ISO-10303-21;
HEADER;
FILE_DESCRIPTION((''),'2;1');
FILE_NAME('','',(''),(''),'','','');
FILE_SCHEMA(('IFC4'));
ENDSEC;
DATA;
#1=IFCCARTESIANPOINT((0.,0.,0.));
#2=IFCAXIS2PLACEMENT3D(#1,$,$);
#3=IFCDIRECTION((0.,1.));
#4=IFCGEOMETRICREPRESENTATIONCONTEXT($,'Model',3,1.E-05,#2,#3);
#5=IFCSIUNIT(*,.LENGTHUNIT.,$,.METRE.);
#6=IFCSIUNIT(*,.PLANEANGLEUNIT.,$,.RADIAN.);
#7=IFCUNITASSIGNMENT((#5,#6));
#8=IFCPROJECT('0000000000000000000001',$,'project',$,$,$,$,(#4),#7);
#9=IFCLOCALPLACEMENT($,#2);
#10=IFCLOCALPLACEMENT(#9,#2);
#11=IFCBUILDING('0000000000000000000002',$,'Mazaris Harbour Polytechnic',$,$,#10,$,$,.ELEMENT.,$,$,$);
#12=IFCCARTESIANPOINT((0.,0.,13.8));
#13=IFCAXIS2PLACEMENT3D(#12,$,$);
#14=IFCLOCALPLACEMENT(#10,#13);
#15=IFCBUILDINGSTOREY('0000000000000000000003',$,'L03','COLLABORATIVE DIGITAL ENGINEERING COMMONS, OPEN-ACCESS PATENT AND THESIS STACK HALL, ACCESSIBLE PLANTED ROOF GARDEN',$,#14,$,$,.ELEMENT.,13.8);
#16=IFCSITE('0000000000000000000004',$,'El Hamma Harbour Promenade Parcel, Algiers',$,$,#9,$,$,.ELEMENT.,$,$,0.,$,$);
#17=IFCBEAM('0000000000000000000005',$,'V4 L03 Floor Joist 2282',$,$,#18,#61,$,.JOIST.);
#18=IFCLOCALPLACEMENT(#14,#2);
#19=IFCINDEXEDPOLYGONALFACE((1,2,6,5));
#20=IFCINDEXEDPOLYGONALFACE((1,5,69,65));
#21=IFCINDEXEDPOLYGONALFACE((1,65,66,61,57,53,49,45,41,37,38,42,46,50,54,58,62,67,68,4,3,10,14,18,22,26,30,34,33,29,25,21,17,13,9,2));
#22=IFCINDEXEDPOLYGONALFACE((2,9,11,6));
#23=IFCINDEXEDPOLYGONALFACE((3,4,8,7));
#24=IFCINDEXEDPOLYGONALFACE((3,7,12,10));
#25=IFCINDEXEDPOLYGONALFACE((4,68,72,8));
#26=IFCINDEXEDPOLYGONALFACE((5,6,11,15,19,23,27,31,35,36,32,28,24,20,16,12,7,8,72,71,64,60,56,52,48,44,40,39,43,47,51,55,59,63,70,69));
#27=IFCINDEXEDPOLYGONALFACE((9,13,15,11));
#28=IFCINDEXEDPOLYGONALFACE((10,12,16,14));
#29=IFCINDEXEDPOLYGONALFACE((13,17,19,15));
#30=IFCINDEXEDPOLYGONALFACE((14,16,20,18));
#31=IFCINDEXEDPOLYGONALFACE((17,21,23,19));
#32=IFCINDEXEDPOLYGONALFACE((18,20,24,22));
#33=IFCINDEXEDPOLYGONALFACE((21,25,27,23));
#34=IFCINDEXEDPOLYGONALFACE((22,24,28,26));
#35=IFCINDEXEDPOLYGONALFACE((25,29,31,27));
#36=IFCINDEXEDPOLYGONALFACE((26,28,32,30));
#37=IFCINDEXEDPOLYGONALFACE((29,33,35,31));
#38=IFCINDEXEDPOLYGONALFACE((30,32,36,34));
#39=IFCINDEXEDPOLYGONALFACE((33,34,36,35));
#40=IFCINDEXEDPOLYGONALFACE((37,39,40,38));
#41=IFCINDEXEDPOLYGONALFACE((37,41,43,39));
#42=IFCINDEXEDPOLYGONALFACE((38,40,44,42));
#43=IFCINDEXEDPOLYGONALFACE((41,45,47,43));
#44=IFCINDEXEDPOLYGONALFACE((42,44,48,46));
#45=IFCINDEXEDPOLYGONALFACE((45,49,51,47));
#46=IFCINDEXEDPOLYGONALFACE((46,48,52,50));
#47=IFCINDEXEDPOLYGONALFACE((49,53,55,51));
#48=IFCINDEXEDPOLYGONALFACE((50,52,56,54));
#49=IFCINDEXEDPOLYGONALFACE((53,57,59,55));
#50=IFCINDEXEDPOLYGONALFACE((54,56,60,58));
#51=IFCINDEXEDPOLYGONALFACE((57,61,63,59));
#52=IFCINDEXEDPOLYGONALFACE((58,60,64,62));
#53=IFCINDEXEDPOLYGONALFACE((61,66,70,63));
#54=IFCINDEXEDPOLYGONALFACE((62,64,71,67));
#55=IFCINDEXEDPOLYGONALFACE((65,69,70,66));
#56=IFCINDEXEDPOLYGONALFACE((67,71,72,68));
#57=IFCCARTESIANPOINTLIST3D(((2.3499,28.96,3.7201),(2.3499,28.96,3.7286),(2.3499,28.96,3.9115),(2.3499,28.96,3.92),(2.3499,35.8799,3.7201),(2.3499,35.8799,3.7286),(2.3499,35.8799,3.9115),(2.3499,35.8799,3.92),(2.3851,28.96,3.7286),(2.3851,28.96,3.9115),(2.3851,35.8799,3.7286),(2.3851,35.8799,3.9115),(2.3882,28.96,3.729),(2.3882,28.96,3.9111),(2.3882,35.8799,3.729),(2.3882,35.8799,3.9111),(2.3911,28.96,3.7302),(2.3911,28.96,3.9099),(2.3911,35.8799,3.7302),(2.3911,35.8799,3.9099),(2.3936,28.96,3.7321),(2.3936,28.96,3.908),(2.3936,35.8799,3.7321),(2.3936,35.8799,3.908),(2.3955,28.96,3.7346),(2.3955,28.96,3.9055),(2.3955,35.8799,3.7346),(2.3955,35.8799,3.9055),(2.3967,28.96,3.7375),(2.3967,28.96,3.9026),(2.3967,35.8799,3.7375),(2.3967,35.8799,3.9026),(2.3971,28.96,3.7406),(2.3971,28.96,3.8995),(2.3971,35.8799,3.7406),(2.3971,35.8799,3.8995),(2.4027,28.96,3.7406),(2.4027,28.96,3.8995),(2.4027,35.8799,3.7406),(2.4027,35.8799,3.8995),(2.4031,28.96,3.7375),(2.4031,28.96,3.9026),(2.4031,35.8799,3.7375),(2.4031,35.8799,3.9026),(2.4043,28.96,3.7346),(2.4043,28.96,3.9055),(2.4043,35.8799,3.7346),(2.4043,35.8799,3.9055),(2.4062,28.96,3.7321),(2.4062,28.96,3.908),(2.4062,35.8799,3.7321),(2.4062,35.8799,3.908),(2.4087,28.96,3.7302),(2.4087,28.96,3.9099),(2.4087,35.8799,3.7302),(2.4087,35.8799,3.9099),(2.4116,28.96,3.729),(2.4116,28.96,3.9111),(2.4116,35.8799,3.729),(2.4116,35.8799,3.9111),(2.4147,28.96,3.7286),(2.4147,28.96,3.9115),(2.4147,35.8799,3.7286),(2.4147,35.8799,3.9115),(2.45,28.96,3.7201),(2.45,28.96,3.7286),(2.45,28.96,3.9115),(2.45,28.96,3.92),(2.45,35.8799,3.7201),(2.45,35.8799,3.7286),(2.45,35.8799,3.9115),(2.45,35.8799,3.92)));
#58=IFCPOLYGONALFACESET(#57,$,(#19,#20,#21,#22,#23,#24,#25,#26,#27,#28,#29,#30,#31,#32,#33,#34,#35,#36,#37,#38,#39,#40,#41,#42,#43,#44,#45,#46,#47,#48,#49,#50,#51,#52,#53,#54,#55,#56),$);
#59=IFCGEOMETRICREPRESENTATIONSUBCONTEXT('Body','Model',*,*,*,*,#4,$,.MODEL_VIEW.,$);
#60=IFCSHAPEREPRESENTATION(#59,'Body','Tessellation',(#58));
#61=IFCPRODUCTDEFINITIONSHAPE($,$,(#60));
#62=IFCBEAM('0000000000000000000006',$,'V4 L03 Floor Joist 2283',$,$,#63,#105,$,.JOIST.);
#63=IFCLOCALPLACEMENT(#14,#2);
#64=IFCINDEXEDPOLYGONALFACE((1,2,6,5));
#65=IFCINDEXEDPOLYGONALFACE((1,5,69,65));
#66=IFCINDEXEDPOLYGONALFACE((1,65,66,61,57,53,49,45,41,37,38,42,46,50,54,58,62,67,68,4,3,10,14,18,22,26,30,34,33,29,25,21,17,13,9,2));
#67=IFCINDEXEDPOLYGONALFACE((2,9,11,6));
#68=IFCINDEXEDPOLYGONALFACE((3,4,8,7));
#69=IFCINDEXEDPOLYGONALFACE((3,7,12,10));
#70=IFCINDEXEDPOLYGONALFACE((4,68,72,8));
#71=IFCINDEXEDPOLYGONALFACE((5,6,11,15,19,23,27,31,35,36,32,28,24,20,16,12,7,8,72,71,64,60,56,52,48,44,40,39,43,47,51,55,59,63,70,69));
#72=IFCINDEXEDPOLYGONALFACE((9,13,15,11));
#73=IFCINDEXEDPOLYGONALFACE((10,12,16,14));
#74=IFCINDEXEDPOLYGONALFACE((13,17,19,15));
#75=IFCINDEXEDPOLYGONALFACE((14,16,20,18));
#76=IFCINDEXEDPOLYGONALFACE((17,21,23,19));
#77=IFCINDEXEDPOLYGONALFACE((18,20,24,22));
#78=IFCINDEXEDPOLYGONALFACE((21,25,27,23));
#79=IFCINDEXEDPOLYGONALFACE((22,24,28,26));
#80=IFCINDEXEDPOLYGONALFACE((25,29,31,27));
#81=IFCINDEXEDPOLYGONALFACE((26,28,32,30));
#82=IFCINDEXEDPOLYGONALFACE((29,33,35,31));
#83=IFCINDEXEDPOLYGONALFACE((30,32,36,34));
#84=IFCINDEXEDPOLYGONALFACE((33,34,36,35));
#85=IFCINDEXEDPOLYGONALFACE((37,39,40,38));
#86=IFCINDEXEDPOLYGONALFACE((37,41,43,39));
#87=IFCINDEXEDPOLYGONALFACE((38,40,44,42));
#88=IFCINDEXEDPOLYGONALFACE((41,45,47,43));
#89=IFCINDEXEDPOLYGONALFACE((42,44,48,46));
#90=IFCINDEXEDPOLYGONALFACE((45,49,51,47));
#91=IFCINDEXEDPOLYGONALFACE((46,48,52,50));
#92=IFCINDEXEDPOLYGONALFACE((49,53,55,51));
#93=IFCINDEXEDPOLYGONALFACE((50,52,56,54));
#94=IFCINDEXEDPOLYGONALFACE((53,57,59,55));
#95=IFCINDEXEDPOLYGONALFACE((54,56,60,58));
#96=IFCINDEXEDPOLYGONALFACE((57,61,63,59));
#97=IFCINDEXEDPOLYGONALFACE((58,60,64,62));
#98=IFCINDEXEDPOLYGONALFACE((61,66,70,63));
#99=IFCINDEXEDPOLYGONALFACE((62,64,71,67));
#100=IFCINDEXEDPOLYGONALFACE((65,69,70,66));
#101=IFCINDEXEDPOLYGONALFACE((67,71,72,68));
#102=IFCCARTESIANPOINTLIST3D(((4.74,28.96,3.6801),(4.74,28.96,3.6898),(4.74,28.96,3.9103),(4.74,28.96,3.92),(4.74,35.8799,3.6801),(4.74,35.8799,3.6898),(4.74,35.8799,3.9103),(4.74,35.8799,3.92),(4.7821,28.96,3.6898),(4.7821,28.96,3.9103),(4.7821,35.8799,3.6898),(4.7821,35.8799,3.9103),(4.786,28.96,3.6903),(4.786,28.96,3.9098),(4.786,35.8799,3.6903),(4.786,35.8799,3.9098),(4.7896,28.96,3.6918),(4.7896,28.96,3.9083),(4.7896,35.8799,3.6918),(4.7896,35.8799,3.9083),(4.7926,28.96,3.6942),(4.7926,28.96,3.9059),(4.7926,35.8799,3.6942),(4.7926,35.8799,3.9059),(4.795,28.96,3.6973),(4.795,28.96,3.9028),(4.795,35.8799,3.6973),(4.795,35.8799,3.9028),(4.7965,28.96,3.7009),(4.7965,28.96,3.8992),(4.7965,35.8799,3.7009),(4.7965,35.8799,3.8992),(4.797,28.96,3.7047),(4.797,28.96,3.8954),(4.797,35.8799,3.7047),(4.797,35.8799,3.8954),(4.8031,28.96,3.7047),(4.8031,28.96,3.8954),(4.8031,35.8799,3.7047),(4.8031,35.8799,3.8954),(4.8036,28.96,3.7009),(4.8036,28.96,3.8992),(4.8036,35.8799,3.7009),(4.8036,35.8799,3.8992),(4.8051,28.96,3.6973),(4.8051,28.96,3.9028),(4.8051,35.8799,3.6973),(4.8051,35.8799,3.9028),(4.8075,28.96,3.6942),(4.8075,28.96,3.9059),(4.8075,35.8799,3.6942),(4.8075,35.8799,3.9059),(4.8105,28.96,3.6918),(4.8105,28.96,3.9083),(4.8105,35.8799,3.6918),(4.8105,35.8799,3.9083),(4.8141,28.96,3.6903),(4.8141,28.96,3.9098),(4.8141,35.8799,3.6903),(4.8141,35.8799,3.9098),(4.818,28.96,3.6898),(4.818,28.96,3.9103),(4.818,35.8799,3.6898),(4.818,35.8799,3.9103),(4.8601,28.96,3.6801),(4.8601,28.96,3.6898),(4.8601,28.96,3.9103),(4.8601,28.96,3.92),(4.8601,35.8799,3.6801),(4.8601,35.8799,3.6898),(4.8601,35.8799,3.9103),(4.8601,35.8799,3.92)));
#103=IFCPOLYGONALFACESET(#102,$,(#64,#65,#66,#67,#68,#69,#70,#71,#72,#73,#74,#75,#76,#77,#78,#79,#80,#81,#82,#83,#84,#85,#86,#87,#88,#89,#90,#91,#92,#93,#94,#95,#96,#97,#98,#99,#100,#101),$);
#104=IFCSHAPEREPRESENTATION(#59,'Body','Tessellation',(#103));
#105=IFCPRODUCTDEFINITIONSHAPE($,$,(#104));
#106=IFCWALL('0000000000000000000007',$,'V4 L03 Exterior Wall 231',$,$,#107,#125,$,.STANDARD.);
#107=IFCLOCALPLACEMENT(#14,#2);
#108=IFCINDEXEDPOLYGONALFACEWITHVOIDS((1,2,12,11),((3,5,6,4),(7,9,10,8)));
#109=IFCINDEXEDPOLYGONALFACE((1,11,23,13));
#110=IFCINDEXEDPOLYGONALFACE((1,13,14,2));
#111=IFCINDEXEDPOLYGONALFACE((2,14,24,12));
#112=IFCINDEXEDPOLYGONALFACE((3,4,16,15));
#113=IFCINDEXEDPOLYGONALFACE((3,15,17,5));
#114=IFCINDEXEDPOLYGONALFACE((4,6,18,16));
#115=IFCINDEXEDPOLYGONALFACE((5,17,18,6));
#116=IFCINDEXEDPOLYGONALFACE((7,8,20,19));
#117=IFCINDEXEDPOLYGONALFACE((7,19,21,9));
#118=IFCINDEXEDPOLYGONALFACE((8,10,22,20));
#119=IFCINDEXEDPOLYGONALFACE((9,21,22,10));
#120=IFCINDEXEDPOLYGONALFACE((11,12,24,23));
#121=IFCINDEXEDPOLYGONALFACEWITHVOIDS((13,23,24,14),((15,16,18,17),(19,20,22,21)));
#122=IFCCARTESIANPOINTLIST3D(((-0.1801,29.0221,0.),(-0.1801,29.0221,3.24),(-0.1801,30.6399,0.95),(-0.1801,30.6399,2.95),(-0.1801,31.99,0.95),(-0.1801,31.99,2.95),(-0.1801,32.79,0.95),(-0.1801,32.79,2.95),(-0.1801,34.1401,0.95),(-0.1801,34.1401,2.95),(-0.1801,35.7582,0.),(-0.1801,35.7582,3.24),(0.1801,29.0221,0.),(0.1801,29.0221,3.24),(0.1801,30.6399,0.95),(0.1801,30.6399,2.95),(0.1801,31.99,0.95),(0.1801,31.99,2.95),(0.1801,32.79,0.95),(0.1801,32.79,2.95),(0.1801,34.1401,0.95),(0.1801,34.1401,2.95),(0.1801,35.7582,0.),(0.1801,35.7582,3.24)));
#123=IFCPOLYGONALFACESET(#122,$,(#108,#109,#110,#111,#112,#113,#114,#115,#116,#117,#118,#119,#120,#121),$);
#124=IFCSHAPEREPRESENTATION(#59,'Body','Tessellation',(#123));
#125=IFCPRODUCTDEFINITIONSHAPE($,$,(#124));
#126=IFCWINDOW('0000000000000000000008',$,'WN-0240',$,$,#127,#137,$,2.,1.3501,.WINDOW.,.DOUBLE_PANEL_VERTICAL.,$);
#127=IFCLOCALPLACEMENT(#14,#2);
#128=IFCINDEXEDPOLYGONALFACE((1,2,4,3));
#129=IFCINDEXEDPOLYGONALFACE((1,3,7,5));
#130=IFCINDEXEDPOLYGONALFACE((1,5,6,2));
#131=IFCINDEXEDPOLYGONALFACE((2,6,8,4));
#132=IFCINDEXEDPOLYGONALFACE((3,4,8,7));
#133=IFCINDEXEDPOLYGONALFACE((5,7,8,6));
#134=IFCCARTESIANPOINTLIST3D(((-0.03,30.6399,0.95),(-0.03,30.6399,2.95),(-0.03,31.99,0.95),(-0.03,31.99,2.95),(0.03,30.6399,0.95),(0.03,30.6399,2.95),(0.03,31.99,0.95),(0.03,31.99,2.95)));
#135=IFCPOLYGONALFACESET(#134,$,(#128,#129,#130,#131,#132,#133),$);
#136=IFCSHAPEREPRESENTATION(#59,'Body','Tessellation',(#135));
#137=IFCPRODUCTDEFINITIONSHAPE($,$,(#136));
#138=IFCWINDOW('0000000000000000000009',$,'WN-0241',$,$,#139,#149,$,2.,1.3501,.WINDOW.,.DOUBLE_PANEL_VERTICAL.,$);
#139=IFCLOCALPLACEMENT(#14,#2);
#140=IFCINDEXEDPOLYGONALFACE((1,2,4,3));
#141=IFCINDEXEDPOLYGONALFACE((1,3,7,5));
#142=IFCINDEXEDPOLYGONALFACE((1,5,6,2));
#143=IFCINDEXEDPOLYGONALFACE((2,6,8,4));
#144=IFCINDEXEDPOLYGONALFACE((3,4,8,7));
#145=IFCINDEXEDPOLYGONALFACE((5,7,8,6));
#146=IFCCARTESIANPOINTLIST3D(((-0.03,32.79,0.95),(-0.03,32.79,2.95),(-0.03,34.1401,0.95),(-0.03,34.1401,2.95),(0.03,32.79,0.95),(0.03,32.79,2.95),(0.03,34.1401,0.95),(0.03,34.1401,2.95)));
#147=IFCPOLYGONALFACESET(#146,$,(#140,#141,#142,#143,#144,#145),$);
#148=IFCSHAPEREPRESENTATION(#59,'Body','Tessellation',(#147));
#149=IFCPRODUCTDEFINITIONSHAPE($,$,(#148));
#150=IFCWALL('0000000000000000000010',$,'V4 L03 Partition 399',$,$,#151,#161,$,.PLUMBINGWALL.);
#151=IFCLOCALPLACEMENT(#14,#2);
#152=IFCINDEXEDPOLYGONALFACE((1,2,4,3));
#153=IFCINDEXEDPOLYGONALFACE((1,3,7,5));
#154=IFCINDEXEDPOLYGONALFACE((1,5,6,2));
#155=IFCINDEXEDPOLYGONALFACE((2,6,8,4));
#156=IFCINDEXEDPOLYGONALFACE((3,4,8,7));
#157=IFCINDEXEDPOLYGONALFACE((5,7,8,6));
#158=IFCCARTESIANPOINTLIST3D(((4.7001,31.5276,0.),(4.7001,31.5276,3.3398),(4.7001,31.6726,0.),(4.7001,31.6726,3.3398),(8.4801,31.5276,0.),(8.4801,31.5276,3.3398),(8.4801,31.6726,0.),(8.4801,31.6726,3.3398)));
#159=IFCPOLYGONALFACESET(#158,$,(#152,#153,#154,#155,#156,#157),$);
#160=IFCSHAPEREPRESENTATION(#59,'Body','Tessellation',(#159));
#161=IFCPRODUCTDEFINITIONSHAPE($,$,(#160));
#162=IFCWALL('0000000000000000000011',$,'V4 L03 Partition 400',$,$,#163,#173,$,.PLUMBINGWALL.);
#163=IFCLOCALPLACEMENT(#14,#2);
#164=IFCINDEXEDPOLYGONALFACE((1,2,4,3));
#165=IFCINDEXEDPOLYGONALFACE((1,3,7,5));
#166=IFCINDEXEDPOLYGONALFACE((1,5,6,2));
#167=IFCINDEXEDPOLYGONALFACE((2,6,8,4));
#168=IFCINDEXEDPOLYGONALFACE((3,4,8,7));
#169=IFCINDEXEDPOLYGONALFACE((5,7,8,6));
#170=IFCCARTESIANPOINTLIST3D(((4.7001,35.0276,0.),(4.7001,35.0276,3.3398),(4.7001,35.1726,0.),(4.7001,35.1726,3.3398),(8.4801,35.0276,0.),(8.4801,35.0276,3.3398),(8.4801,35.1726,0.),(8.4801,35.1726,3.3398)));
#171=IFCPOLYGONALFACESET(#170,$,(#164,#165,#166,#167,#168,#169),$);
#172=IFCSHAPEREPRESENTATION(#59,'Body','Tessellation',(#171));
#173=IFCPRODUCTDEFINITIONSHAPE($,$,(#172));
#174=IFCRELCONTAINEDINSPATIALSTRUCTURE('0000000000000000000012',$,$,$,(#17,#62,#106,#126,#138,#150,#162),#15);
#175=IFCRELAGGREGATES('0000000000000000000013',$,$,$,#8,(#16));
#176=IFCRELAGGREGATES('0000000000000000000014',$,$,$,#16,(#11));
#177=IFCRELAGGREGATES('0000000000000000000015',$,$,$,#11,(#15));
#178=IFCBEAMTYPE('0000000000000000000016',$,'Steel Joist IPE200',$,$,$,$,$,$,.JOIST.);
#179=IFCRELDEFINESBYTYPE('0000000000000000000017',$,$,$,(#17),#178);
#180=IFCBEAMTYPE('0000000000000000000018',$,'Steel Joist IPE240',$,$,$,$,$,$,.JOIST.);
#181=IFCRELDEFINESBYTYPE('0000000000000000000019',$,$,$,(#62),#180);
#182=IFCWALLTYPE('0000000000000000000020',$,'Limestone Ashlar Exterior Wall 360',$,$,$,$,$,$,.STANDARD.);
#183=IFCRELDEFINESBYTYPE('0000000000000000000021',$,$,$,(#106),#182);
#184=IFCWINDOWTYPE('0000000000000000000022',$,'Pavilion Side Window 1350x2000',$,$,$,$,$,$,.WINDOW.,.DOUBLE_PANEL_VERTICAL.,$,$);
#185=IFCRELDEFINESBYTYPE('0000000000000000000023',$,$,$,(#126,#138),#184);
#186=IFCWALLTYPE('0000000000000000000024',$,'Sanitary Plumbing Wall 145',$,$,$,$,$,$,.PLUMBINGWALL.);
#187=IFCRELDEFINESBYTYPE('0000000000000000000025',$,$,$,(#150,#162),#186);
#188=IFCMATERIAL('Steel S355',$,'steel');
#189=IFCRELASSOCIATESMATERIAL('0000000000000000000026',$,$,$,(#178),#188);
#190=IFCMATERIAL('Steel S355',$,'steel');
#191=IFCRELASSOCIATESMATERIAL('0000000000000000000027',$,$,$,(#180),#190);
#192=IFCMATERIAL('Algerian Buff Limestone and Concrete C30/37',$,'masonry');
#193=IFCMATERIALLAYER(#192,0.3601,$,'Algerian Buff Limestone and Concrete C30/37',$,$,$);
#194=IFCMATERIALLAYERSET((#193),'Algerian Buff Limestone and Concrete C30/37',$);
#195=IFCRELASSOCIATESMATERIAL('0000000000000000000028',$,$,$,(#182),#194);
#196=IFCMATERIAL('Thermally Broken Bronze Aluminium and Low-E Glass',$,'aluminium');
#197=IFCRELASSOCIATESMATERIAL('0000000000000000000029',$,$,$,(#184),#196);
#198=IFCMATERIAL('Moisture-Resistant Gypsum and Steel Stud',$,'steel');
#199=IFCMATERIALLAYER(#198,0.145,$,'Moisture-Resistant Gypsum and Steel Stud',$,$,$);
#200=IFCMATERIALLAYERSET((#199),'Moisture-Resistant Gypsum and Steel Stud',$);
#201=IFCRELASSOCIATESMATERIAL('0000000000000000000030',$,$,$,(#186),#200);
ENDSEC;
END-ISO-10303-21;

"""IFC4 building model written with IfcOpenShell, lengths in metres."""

from ifc_helpers import new_model, si_unit, direction, frame, frame_2d, origin, origin_2d, place, context, subcontext, project, spatial, rectangle, i_section, extrude, material, layer, layer_set, material_profile, profile_set, type_object, element, fill, save


model = new_model("IFC4")

# Units and contexts
model_context = context("Model", 3, precision=1e-05, world=origin(), true_north=direction((0.0, 1.0)))
body_context = subcontext(model_context, "Body", "Model", "MODEL_VIEW")
ifc_project = project(units=[si_unit("LENGTHUNIT", "METRE"), si_unit("PLANEANGLEUNIT", "RADIAN")], contexts=[model_context])

# Site, building, storey
site_placement = place(None, origin())
site = spatial("IfcSite", under=ifc_project, at=site_placement, Name="El Hamma Harbour Promenade Parcel, Algiers", CompositionType="ELEMENT", RefElevation=0.0)
building_placement = place(site_placement, origin())
building = spatial("IfcBuilding", under=site, at=building_placement, Name="Mazaris Harbour Polytechnic", CompositionType="ELEMENT")
storey_placement = place(building_placement, frame((0.0, 0.0, 13.8)))
storey = spatial("IfcBuildingStorey", under=building, at=storey_placement, Name="L03", Description="COLLABORATIVE DIGITAL ENGINEERING COMMONS, OPEN-ACCESS PATENT AND THESIS STACK HALL, ACCESSIBLE PLANTED ROOF GARDEN", CompositionType="ELEMENT", Elevation=13.8)

# Beams
ifc_material_1 = material(Name="Steel S355", Category="steel")
ifc_material_profile_1 = material_profile(ifc_material_1, i_section(OverallWidth=0.1001, OverallDepth=0.2, WebThickness=0.0056, FlangeThickness=0.0085, FilletRadius=0.012, at=origin_2d()), Name="IPE 200")
ifc_profile_set_1 = profile_set([ifc_material_profile_1], Name="Steel S355")
beam_type_1 = type_object("IfcBeamType", Name="Steel Joist IPE200", PredefinedType="JOIST", material=ifc_profile_set_1)
beam_1_placement = place(storey_placement, frame((2.3999, 28.96, 3.8201), z_axis=(0.0, 1.0, 0.0), x_axis=(-1.0, 0.0, 0.0)))
element("IfcBeam", 1, at=beam_1_placement, inside=storey, type_object=beam_type_1, Name="V4 L03 Floor Joist 2282", PredefinedType="JOIST", context=body_context, shape_type="SweptSolid", body=[
    extrude(i_section(OverallWidth=0.1001, OverallDepth=0.2, WebThickness=0.0056, FlangeThickness=0.0085, FilletRadius=0.012, at=origin_2d()), origin(), (0.0, 0.0, 1.0), 6.9199),
])
ifc_material_2 = material(Name="Steel S355", Category="steel")
ifc_material_profile_2 = material_profile(ifc_material_2, i_section(OverallWidth=0.1201, OverallDepth=0.24, WebThickness=0.0061, FlangeThickness=0.0098, FilletRadius=0.0149, at=origin_2d()), Name="IPE 240")
ifc_profile_set_2 = profile_set([ifc_material_profile_2], Name="Steel S355")
beam_type_2 = type_object("IfcBeamType", Name="Steel Joist IPE240", PredefinedType="JOIST", material=ifc_profile_set_2)
beam_2_placement = place(storey_placement, frame((4.8, 28.96, 3.8), z_axis=(0.0, 1.0, 0.0), x_axis=(-1.0, 0.0, 0.0)))
element("IfcBeam", 2, at=beam_2_placement, inside=storey, type_object=beam_type_2, Name="V4 L03 Floor Joist 2283", PredefinedType="JOIST", context=body_context, shape_type="SweptSolid", body=[
    extrude(i_section(OverallWidth=0.1201, OverallDepth=0.24, WebThickness=0.0061, FlangeThickness=0.0098, FilletRadius=0.0149, at=origin_2d()), origin(), (0.0, 0.0, 1.0), 6.9199),
])

# Wall, openings, windows
ifc_material_3 = material(Name="Algerian Buff Limestone and Concrete C30/37", Category="masonry")
ifc_layer_1 = layer(ifc_material_3, 0.3601, Name="Algerian Buff Limestone and Concrete C30/37")
ifc_layer_set_1 = layer_set([ifc_layer_1], Name="Algerian Buff Limestone and Concrete C30/37")
wall_type_1 = type_object("IfcWallType", Name="Limestone Ashlar Exterior Wall 360", PredefinedType="STANDARD", material=ifc_layer_set_1)
wall_1_placement = place(storey_placement, frame((0.0, 29.022, 0.0), z_axis=(0.0, 0.0, 1.0), x_axis=(0.0, 1.0, 0.0)))
wall_1 = element("IfcWall", 3, at=wall_1_placement, inside=storey, type_object=wall_type_1, Name="V4 L03 Exterior Wall 231", PredefinedType="STANDARD", context=body_context, shape_type="SweptSolid", body=[
    extrude(rectangle(XDim=6.7361, YDim=0.3601, at=frame_2d((3.3682, 0.0))), origin(), (0.0, 0.0, 1.0), 3.24),
])
opening_1_placement = place(wall_1_placement, frame((1.6179, 0.0, 0.95)))
opening_1 = element("IfcOpeningElement", 4, at=opening_1_placement, cuts=wall_1, PredefinedType="OPENING", context=body_context, shape_type="SweptSolid", body=[
    extrude(rectangle(XDim=1.3501, YDim=2.0, at=frame_2d((0.675, 1.0))), frame((0.0, 0.1899, 0.0), z_axis=(0.0, -1.0, 0.0), x_axis=(1.0, 0.0, 0.0)), (0.0, 0.0, 1.0), 0.3801),
])
opening_2_placement = place(wall_1_placement, frame((3.7681, 0.0, 0.95)))
opening_2 = element("IfcOpeningElement", 5, at=opening_2_placement, cuts=wall_1, PredefinedType="OPENING", context=body_context, shape_type="SweptSolid", body=[
    extrude(rectangle(XDim=1.3501, YDim=2.0, at=frame_2d((0.675, 1.0))), frame((0.0, 0.1899, 0.0), z_axis=(0.0, -1.0, 0.0), x_axis=(1.0, 0.0, 0.0)), (0.0, 0.0, 1.0), 0.3801),
])
ifc_material_4 = material(Name="Thermally Broken Bronze Aluminium and Low-E Glass", Category="aluminium")
window_type = type_object("IfcWindowType", Name="Pavilion Side Window 1350x2000", PartitioningType="DOUBLE_PANEL_VERTICAL", PredefinedType="WINDOW", material=ifc_material_4)
window_1_placement = place(opening_1_placement, origin())
window_1 = element("IfcWindow", 6, at=window_1_placement, inside=storey, type_object=window_type, Name="WN-0240", OverallHeight=2.0, OverallWidth=1.3501, PartitioningType="DOUBLE_PANEL_VERTICAL", PredefinedType="WINDOW", context=body_context, shape_type="SweptSolid", body=[
    extrude(rectangle(XDim=1.3501, YDim=2.0, at=frame_2d((0.675, 1.0))), frame((0.0, 0.03, 0.0), z_axis=(0.0, -1.0, 0.0), x_axis=(1.0, 0.0, 0.0)), (0.0, 0.0, 1.0), 0.0601),
])
fill(opening_1, window_1)
window_2_placement = place(opening_2_placement, origin())
window_2 = element("IfcWindow", 7, at=window_2_placement, inside=storey, type_object=window_type, Name="WN-0241", OverallHeight=2.0, OverallWidth=1.3501, PartitioningType="DOUBLE_PANEL_VERTICAL", PredefinedType="WINDOW", context=body_context, shape_type="SweptSolid", body=[
    extrude(rectangle(XDim=1.3501, YDim=2.0, at=frame_2d((0.675, 1.0))), frame((0.0, 0.03, 0.0), z_axis=(0.0, -1.0, 0.0), x_axis=(1.0, 0.0, 0.0)), (0.0, 0.0, 1.0), 0.0601),
])
fill(opening_2, window_2)

# Walls
ifc_material_5 = material(Name="Moisture-Resistant Gypsum and Steel Stud", Category="steel")
ifc_layer_2 = layer(ifc_material_5, 0.145, Name="Moisture-Resistant Gypsum and Steel Stud")
ifc_layer_set_2 = layer_set([ifc_layer_2], Name="Moisture-Resistant Gypsum and Steel Stud")
wall_type_2 = type_object("IfcWallType", Name="Sanitary Plumbing Wall 145", PredefinedType="PLUMBINGWALL", material=ifc_layer_set_2)
for number, where, z_axis, x_axis, name in (
    (8, (4.7, 31.6001, 0.0), (0.0, 0.0, 1.0), (1.0, 0.0, 0.0), "V4 L03 Partition 399"),
    (9, (4.7, 35.1001, 0.0), (0.0, 0.0, 1.0), (1.0, 0.0, 0.0), "V4 L03 Partition 400"),
):
    element("IfcWall", number, at=place(storey_placement, frame(where, z_axis=z_axis, x_axis=x_axis)), inside=storey, type_object=wall_type_2, Name=name, PredefinedType="PLUMBINGWALL", context=body_context, shape_type="SweptSolid", body=[
        extrude(rectangle(XDim=3.78, YDim=0.145, at=frame_2d((1.8901, 0.0))), origin(), (0.0, 0.0, 1.0), 3.3398),
    ])

save(model, "model.ifc")
